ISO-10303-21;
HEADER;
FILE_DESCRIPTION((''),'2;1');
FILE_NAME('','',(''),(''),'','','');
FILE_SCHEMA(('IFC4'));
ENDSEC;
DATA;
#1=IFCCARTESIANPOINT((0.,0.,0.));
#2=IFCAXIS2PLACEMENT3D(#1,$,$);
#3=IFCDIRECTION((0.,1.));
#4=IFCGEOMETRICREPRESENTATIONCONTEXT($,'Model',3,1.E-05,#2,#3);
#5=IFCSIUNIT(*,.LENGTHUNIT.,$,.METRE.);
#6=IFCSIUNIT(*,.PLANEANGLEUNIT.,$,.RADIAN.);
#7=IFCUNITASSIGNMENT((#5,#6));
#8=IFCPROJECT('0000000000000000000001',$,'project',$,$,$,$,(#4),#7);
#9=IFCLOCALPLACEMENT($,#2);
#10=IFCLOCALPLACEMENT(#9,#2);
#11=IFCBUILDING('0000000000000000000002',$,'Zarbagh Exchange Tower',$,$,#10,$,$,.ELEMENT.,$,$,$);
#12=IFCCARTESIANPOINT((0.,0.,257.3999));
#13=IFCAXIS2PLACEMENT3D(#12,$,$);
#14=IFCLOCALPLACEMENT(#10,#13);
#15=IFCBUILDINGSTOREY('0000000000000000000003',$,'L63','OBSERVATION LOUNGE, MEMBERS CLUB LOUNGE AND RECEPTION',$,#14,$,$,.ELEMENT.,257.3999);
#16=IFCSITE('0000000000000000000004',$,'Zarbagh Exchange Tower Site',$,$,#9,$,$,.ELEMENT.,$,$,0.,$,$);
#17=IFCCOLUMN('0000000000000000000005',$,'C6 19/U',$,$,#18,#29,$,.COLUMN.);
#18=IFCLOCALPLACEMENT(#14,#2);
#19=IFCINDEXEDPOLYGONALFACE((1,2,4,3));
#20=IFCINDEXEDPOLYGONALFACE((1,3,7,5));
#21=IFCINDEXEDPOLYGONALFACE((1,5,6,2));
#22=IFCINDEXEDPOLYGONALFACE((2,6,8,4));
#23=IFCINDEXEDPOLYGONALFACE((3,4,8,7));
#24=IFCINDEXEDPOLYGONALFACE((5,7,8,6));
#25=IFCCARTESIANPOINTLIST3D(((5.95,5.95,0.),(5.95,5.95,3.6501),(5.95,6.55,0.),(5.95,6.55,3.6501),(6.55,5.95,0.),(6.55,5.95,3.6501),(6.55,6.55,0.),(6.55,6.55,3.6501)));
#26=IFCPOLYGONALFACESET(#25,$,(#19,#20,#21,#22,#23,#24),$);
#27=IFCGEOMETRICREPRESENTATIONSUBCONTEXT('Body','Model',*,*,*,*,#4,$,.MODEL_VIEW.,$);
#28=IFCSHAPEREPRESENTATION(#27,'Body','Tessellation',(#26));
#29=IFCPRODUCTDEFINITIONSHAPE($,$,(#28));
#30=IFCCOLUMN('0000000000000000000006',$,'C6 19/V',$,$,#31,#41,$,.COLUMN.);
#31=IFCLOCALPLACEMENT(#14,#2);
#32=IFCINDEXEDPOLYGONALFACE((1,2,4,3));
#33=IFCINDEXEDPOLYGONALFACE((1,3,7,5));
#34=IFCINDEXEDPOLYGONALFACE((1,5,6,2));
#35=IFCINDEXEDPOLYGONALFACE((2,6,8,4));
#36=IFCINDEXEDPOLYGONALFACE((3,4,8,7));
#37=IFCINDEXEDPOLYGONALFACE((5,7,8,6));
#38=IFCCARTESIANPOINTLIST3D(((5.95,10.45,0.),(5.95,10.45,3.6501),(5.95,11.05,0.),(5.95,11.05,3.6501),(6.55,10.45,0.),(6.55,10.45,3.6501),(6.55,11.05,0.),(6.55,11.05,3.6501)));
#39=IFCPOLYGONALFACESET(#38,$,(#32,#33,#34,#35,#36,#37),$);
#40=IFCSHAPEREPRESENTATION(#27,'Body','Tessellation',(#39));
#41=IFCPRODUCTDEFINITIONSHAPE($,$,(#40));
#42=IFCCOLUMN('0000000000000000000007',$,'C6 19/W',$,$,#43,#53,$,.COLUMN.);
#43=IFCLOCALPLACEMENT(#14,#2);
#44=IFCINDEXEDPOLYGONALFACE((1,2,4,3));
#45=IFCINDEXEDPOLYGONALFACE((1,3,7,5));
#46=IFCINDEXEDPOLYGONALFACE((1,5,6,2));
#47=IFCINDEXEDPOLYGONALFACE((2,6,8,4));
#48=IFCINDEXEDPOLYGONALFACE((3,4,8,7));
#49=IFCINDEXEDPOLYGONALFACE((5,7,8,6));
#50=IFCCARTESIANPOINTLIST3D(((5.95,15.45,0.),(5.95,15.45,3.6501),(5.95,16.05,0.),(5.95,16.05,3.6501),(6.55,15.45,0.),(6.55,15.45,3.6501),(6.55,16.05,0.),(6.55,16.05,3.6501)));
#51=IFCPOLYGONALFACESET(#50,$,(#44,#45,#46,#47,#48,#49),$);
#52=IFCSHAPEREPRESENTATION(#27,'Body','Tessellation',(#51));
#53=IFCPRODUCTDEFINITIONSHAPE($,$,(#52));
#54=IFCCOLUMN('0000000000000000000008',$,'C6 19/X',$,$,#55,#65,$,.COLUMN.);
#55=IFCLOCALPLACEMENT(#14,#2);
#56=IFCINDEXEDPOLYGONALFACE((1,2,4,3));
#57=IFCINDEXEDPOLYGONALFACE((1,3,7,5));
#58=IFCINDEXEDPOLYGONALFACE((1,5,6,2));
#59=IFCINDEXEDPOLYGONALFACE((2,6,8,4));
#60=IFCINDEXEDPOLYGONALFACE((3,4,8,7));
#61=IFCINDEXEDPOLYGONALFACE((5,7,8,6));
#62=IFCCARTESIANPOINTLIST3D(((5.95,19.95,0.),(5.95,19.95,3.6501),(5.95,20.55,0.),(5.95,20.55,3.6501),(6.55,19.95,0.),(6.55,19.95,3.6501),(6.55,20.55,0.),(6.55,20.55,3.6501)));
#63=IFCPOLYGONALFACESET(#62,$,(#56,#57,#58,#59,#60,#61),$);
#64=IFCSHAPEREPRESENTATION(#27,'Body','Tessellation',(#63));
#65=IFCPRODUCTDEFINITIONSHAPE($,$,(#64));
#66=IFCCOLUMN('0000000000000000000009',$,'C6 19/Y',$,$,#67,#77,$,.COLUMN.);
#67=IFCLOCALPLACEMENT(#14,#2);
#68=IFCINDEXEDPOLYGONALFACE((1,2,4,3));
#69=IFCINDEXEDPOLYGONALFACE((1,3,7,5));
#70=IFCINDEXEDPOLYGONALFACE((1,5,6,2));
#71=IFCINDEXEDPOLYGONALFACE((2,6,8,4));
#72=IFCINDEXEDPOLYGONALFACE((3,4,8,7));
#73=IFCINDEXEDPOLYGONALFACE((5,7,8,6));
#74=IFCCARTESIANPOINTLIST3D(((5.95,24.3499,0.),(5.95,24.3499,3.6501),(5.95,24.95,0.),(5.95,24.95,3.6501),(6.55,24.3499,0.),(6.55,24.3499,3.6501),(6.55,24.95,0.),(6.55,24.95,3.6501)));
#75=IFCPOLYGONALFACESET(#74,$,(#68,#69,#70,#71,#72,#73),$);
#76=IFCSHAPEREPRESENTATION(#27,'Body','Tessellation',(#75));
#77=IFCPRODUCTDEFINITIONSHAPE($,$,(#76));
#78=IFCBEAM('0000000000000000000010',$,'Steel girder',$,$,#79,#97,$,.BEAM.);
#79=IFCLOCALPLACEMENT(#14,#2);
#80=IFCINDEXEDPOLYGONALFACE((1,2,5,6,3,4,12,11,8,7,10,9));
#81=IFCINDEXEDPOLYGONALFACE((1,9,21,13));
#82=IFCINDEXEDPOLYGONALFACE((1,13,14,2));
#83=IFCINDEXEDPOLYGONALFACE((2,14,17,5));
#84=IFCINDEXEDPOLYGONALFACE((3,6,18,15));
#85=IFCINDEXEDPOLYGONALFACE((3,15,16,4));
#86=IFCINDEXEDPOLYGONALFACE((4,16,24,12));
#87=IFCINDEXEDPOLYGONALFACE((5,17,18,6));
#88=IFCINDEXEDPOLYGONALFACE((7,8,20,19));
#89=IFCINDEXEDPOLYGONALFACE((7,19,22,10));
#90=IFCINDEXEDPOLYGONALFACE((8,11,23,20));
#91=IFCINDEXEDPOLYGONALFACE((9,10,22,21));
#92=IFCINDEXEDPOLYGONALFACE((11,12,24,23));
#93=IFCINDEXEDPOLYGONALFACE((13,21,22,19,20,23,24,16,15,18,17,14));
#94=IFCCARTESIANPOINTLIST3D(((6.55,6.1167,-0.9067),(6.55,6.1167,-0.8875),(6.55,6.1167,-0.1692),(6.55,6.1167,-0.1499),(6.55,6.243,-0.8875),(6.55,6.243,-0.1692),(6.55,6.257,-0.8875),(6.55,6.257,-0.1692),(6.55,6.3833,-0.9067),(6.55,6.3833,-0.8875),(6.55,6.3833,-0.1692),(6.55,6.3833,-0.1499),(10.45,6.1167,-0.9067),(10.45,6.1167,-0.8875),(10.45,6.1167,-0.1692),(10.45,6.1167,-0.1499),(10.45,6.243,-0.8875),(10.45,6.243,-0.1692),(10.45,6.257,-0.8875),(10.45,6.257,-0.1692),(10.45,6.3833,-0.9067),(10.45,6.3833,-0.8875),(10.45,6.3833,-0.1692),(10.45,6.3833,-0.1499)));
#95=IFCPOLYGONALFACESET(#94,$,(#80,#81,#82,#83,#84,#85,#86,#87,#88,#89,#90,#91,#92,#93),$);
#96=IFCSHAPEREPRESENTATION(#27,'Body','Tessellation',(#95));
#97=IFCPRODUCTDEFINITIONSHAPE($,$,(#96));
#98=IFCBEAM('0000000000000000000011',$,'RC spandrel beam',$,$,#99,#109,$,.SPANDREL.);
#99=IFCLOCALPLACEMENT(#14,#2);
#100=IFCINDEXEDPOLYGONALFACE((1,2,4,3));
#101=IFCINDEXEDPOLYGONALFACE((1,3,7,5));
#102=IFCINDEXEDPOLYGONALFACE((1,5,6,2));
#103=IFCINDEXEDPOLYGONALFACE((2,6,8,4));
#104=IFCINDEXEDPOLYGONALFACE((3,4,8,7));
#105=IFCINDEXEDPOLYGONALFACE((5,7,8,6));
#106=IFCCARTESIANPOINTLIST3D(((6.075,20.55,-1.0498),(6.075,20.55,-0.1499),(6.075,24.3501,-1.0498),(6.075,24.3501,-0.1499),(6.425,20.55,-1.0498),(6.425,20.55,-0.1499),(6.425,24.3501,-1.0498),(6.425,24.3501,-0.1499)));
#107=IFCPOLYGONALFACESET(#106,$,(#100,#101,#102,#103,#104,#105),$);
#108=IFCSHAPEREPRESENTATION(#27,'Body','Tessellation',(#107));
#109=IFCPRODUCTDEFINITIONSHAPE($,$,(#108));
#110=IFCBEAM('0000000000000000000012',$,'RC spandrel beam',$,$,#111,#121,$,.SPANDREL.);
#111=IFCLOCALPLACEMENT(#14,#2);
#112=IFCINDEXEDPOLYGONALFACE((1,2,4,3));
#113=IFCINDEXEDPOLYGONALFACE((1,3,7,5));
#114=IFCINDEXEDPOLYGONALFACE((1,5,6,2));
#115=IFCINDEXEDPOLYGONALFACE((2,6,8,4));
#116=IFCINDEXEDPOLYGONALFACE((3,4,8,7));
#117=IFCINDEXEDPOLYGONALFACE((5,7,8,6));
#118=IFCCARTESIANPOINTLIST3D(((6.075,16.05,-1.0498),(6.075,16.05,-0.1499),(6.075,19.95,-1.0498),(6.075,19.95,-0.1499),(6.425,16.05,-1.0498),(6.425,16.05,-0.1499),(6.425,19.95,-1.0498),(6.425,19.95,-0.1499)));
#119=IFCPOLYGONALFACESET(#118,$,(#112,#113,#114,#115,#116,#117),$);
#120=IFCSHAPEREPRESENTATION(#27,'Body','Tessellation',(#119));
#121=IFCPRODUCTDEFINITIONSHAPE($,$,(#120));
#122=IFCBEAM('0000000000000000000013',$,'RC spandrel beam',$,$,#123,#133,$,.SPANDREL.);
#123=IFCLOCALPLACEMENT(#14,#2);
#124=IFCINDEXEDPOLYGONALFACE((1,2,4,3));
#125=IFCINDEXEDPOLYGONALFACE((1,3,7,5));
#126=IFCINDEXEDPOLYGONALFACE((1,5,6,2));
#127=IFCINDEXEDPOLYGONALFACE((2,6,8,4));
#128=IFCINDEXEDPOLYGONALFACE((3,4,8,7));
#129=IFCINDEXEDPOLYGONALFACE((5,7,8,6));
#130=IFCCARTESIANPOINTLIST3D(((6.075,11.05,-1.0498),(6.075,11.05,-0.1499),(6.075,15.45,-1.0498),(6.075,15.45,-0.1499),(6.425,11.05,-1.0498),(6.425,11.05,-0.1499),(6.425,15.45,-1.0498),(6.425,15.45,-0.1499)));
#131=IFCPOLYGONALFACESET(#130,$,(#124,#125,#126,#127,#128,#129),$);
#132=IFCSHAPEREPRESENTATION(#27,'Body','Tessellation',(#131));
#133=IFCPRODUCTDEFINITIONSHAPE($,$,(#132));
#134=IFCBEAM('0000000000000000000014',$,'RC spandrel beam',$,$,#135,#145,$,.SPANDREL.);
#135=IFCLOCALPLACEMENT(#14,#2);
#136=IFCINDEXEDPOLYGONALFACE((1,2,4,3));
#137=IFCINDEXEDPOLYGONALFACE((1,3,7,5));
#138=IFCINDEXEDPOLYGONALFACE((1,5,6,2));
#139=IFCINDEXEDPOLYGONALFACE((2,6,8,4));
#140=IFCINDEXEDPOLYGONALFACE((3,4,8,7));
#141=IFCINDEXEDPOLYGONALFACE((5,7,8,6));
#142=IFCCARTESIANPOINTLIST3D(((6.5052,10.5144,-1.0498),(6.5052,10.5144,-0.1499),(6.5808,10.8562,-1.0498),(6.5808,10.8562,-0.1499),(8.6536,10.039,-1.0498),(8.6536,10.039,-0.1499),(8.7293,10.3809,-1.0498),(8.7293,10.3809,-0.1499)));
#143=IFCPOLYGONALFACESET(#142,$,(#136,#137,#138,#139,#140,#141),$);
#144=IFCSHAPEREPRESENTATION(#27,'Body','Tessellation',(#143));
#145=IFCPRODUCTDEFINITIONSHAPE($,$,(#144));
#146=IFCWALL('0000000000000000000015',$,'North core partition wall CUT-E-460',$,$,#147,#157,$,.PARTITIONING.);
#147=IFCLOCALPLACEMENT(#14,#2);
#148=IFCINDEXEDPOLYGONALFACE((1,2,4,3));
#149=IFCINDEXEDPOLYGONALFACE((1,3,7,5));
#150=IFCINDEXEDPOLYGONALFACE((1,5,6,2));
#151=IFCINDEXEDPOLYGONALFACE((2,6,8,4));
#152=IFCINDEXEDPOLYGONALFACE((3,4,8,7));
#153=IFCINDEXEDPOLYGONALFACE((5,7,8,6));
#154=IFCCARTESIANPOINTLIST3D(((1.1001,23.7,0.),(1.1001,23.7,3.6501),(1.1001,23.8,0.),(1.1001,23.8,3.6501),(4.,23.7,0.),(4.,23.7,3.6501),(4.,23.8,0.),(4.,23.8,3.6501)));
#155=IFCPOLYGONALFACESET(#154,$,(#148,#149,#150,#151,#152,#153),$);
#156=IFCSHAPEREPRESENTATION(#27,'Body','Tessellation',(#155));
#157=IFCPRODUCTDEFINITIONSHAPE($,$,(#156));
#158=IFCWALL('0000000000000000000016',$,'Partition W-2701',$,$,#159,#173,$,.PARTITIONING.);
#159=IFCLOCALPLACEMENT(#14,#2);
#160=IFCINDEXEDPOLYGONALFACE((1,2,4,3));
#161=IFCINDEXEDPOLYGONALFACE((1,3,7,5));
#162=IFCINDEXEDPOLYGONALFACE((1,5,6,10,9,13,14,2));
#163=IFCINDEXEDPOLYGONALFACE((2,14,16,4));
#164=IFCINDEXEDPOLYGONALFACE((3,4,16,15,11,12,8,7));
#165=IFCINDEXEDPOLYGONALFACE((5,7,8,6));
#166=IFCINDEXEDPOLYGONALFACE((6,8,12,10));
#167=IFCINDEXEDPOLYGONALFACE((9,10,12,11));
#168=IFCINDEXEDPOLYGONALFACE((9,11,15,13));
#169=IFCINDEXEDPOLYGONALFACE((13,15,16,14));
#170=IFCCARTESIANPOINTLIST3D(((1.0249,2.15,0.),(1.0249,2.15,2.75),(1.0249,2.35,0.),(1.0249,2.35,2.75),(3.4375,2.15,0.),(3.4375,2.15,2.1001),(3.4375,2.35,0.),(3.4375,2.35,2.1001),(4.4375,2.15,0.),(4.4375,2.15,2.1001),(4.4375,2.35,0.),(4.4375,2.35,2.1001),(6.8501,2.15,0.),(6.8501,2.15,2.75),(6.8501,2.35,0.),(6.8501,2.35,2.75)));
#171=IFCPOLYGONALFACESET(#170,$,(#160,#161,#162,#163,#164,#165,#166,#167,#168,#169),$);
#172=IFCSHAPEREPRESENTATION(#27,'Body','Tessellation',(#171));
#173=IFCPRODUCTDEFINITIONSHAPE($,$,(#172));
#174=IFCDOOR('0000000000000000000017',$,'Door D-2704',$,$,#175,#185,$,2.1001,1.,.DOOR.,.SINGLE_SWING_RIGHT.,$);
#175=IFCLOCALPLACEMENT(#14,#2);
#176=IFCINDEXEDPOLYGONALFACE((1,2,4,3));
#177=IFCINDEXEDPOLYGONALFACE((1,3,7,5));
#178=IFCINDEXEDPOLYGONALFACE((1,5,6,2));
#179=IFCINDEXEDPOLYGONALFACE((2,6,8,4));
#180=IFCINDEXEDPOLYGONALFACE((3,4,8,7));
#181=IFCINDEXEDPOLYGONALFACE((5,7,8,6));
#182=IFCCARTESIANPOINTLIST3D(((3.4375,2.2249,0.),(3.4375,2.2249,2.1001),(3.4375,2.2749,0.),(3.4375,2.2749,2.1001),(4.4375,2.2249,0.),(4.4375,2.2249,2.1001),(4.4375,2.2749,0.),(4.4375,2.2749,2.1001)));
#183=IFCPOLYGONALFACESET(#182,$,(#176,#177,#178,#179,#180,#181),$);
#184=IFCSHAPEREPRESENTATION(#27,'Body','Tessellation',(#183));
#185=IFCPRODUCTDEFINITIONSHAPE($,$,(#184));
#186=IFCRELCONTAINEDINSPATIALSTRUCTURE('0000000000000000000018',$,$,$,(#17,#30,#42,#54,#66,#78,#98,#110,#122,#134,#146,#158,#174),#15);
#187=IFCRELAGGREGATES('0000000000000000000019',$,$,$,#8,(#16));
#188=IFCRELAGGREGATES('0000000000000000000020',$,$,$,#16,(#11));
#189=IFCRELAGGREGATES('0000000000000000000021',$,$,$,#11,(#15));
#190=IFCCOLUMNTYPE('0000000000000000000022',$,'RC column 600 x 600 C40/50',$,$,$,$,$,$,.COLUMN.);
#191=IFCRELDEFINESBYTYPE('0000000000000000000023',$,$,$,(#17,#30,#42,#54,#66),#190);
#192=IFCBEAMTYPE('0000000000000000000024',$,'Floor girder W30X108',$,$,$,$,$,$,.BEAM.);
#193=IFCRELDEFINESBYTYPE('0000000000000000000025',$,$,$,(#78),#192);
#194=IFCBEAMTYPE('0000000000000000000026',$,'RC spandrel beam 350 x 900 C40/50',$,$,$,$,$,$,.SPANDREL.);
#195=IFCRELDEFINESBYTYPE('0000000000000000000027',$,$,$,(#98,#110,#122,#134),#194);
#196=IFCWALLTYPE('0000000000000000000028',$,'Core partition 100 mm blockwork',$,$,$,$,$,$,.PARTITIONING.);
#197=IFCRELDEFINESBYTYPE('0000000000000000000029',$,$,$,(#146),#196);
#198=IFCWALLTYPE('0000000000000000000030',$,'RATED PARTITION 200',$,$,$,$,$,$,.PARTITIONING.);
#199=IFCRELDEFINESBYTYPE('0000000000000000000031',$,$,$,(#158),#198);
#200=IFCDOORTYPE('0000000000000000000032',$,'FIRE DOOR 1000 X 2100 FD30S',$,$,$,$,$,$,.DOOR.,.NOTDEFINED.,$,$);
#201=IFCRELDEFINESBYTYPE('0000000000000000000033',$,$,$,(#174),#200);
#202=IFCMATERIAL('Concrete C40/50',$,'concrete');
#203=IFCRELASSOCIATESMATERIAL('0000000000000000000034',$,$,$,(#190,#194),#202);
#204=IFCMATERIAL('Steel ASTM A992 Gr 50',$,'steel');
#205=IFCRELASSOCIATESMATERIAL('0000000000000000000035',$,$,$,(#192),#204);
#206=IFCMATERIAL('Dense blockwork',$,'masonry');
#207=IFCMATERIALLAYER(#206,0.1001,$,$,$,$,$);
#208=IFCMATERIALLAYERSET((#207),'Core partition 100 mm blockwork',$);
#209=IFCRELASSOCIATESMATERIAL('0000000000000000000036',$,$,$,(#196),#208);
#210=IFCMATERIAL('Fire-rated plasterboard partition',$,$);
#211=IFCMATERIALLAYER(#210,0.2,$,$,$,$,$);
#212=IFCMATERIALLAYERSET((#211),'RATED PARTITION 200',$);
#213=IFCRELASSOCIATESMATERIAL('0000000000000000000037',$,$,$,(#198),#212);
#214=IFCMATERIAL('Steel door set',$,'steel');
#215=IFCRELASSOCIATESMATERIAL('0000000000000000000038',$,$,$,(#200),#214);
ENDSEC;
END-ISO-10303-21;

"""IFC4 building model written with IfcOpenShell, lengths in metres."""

from ifc_helpers import new_model, si_unit, direction, frame, frame_2d, origin, origin_2d, place, context, subcontext, project, spatial, rectangle, i_section, extrude, material, layer, layer_set, material_profile, profile_set, type_object, element, fill, save


model = new_model("IFC4")

# Units and contexts
model_context = context("Model", 3, precision=1e-05, world=origin(), true_north=direction((0.0, 1.0)))
body_context = subcontext(model_context, "Body", "Model", "MODEL_VIEW")
ifc_project = project(units=[si_unit("LENGTHUNIT", "METRE"), si_unit("PLANEANGLEUNIT", "RADIAN")], contexts=[model_context])

# Site, building, storey
site_placement = place(None, origin())
site = spatial("IfcSite", under=ifc_project, at=site_placement, Name="Zarbagh Exchange Tower Site", CompositionType="ELEMENT", RefElevation=0.0)
building_placement = place(site_placement, origin())
building = spatial("IfcBuilding", under=site, at=building_placement, Name="Zarbagh Exchange Tower", CompositionType="ELEMENT")
storey_placement = place(building_placement, frame((0.0, 0.0, 257.3999)))
storey = spatial("IfcBuildingStorey", under=building, at=storey_placement, Name="L63", Description="OBSERVATION LOUNGE, MEMBERS CLUB LOUNGE AND RECEPTION", CompositionType="ELEMENT", Elevation=257.3999)

# Columns
ifc_material_1 = material(Name="Concrete C40/50", Category="concrete")
ifc_material_profile_1 = material_profile(ifc_material_1, rectangle(XDim=0.6001, YDim=0.6001, at=origin_2d()), Name="RC column 600 x 600 C40/50")
ifc_profile_set_1 = profile_set([ifc_material_profile_1], Name="Concrete C40/50")
column_type = type_object("IfcColumnType", Name="RC column 600 x 600 C40/50", PredefinedType="COLUMN", material=ifc_profile_set_1)
for number, where, z_axis, x_axis, name in (
    (1, (6.25, 6.25, 0.0), (0.0, 0.0, 1.0), (1.0, 0.0, 0.0), "C6 19/U"),
    (2, (6.25, 10.75, 0.0), (0.0, 0.0, 1.0), (1.0, 0.0, 0.0), "C6 19/V"),
    (3, (6.25, 15.75, 0.0), (0.0, 0.0, 1.0), (1.0, 0.0, 0.0), "C6 19/W"),
    (4, (6.25, 20.25, 0.0), (0.0, 0.0, 1.0), (1.0, 0.0, 0.0), "C6 19/X"),
    (5, (6.25, 24.6499, 0.0), (0.0, 0.0, 1.0), (1.0, 0.0, 0.0), "C6 19/Y"),
):
    element("IfcColumn", number, at=place(storey_placement, frame(where, z_axis=z_axis, x_axis=x_axis)), inside=storey, type_object=column_type, Name=name, PredefinedType="COLUMN", context=body_context, shape_type="SweptSolid", body=[
        extrude(rectangle(XDim=0.6001, YDim=0.6001, at=origin_2d()), origin(), (0.0, 0.0, 1.0), 3.6501),
    ])

# Beams
ifc_material_2 = material(Name="Steel ASTM A992 Gr 50", Category="steel")
ifc_material_profile_2 = material_profile(ifc_material_2, i_section(OverallWidth=0.2666, OverallDepth=0.7568, WebThickness=0.0139, FlangeThickness=0.0193, at=origin_2d()), Name="W30X108")
ifc_profile_set_2 = profile_set([ifc_material_profile_2], Name="Steel ASTM A992 Gr 50")
beam_type_1 = type_object("IfcBeamType", Name="Floor girder W30X108", PredefinedType="BEAM", material=ifc_profile_set_2)
beam_1_placement = place(storey_placement, frame((6.55, 6.25, -0.5283), z_axis=(1.0, 0.0, 0.0), x_axis=(0.0, 1.0, 0.0)))
element("IfcBeam", 6, at=beam_1_placement, inside=storey, type_object=beam_type_1, Name="Steel girder", PredefinedType="BEAM", context=body_context, shape_type="SweptSolid", body=[
    extrude(i_section(OverallWidth=0.2666, OverallDepth=0.7568, WebThickness=0.0139, FlangeThickness=0.0193, at=origin_2d()), origin(), (0.0, 0.0, 1.0), 3.8999),
])
ifc_material_profile_3 = material_profile(ifc_material_1, rectangle(XDim=0.3501, YDim=0.8999, at=origin_2d()), Name="RC spandrel beam 350 x 900 C40/50")
ifc_profile_set_3 = profile_set([ifc_material_profile_3], Name="Concrete C40/50")
beam_type_2 = type_object("IfcBeamType", Name="RC spandrel beam 350 x 900 C40/50", PredefinedType="SPANDREL", material=ifc_profile_set_3)
beam_2_placement = place(storey_placement, frame((6.25, 24.3501, -0.5999), z_axis=(0.0, -1.0, 0.0), x_axis=(1.0, 0.0, 0.0)))
element("IfcBeam", 7, at=beam_2_placement, inside=storey, type_object=beam_type_2, Name="RC spandrel beam", PredefinedType="SPANDREL", context=body_context, shape_type="SweptSolid", body=[
    extrude(rectangle(XDim=0.3501, YDim=0.8999, at=origin_2d()), origin(), (0.0, 0.0, 1.0), 3.8),
])
beam_3_placement = place(storey_placement, frame((6.25, 19.95, -0.5999), z_axis=(0.0, -1.0, 0.0), x_axis=(1.0, 0.0, 0.0)))
element("IfcBeam", 8, at=beam_3_placement, inside=storey, type_object=beam_type_2, Name="RC spandrel beam", PredefinedType="SPANDREL", context=body_context, shape_type="SweptSolid", body=[
    extrude(rectangle(XDim=0.3501, YDim=0.8999, at=origin_2d()), origin(), (0.0, 0.0, 1.0), 3.8999),
])
beam_4_placement = place(storey_placement, frame((6.25, 15.45, -0.5999), z_axis=(0.0, -1.0, 0.0), x_axis=(1.0, 0.0, 0.0)))
element("IfcBeam", 9, at=beam_4_placement, inside=storey, type_object=beam_type_2, Name="RC spandrel beam", PredefinedType="SPANDREL", context=body_context, shape_type="SweptSolid", body=[
    extrude(rectangle(XDim=0.3501, YDim=0.8999, at=origin_2d()), origin(), (0.0, 0.0, 1.0), 4.3999),
])
beam_5_placement = place(storey_placement, frame((6.543, 10.6853, -0.5999), z_axis=(0.976388, -0.216026, 0.0), x_axis=(0.216026, 0.976388, 0.0)))
element("IfcBeam", 10, at=beam_5_placement, inside=storey, type_object=beam_type_2, Name="RC spandrel beam", PredefinedType="SPANDREL", context=body_context, shape_type="SweptSolid", body=[
    extrude(rectangle(XDim=0.3501, YDim=0.8999, at=origin_2d()), origin(), (0.0, 0.0, 1.0), 2.2004),
])

# Wall
ifc_material_3 = material(Name="Dense blockwork", Category="masonry")
ifc_layer_1 = layer(ifc_material_3, 0.1001)
ifc_layer_set_1 = layer_set([ifc_layer_1], Name="Core partition 100 mm blockwork")
wall_type_1 = type_object("IfcWallType", Name="Core partition 100 mm blockwork", PredefinedType="PARTITIONING", material=ifc_layer_set_1)
wall_1_placement = place(storey_placement, frame((1.1001, 23.75, 0.0), z_axis=(0.0, 0.0, 1.0), x_axis=(1.0, 0.0, 0.0)))
element("IfcWall", 11, at=wall_1_placement, inside=storey, type_object=wall_type_1, Name="North core partition wall CUT-E-460", PredefinedType="PARTITIONING", context=body_context, shape_type="SweptSolid", body=[
    extrude(rectangle(XDim=2.8999, YDim=0.1001, at=frame_2d((1.45, 0.0))), origin(), (0.0, 0.0, 1.0), 3.6501),
])

# Wall, opening, door
ifc_material_4 = material(Name="Fire-rated plasterboard partition")
ifc_layer_2 = layer(ifc_material_4, 0.2)
ifc_layer_set_2 = layer_set([ifc_layer_2], Name="RATED PARTITION 200")
wall_type_2 = type_object("IfcWallType", Name="RATED PARTITION 200", PredefinedType="PARTITIONING", material=ifc_layer_set_2)
wall_2_placement = place(storey_placement, frame((1.0249, 2.25, 0.0), z_axis=(0.0, 0.0, 1.0), x_axis=(1.0, 0.0, 0.0)))
wall_2 = element("IfcWall", 12, at=wall_2_placement, inside=storey, type_object=wall_type_2, Name="Partition W-2701", PredefinedType="PARTITIONING", context=body_context, shape_type="SweptSolid", body=[
    extrude(rectangle(XDim=5.8252, YDim=0.2, at=frame_2d((2.9126, 0.0))), origin(), (0.0, 0.0, 1.0), 2.75),
])
opening_1_placement = place(wall_2_placement, frame((2.4126, 0.0, 0.0)))
opening_1 = element("IfcOpeningElement", 13, at=opening_1_placement, cuts=wall_2, PredefinedType="OPENING", context=body_context, shape_type="SweptSolid", body=[
    extrude(rectangle(XDim=1.0, YDim=2.1001, at=frame_2d((0.5, 1.05))), frame((0.0, 0.1099, 0.0), z_axis=(0.0, -1.0, 0.0), x_axis=(1.0, 0.0, 0.0)), (0.0, 0.0, 1.0), 0.22),
])
ifc_material_5 = material(Name="Steel door set", Category="steel")
door_type_1 = type_object("IfcDoorType", Name="FIRE DOOR 1000 X 2100 FD30S", OperationType="NOTDEFINED", PredefinedType="DOOR", material=ifc_material_5)
door_1_placement = place(opening_1_placement, origin())
door_1 = element("IfcDoor", 14, at=door_1_placement, inside=storey, type_object=door_type_1, Name="Door D-2704", OperationType="SINGLE_SWING_RIGHT", OverallHeight=2.1001, OverallWidth=1.0, PredefinedType="DOOR", context=body_context, shape_type="SweptSolid", body=[
    extrude(rectangle(XDim=1.0, YDim=2.1001, at=frame_2d((0.5, 1.05))), frame((0.0, 0.0249, 0.0), z_axis=(0.0, -1.0, 0.0), x_axis=(1.0, 0.0, 0.0)), (0.0, 0.0, 1.0), 0.05),
])
fill(opening_1, door_1)

save(model, "model.ifc")
